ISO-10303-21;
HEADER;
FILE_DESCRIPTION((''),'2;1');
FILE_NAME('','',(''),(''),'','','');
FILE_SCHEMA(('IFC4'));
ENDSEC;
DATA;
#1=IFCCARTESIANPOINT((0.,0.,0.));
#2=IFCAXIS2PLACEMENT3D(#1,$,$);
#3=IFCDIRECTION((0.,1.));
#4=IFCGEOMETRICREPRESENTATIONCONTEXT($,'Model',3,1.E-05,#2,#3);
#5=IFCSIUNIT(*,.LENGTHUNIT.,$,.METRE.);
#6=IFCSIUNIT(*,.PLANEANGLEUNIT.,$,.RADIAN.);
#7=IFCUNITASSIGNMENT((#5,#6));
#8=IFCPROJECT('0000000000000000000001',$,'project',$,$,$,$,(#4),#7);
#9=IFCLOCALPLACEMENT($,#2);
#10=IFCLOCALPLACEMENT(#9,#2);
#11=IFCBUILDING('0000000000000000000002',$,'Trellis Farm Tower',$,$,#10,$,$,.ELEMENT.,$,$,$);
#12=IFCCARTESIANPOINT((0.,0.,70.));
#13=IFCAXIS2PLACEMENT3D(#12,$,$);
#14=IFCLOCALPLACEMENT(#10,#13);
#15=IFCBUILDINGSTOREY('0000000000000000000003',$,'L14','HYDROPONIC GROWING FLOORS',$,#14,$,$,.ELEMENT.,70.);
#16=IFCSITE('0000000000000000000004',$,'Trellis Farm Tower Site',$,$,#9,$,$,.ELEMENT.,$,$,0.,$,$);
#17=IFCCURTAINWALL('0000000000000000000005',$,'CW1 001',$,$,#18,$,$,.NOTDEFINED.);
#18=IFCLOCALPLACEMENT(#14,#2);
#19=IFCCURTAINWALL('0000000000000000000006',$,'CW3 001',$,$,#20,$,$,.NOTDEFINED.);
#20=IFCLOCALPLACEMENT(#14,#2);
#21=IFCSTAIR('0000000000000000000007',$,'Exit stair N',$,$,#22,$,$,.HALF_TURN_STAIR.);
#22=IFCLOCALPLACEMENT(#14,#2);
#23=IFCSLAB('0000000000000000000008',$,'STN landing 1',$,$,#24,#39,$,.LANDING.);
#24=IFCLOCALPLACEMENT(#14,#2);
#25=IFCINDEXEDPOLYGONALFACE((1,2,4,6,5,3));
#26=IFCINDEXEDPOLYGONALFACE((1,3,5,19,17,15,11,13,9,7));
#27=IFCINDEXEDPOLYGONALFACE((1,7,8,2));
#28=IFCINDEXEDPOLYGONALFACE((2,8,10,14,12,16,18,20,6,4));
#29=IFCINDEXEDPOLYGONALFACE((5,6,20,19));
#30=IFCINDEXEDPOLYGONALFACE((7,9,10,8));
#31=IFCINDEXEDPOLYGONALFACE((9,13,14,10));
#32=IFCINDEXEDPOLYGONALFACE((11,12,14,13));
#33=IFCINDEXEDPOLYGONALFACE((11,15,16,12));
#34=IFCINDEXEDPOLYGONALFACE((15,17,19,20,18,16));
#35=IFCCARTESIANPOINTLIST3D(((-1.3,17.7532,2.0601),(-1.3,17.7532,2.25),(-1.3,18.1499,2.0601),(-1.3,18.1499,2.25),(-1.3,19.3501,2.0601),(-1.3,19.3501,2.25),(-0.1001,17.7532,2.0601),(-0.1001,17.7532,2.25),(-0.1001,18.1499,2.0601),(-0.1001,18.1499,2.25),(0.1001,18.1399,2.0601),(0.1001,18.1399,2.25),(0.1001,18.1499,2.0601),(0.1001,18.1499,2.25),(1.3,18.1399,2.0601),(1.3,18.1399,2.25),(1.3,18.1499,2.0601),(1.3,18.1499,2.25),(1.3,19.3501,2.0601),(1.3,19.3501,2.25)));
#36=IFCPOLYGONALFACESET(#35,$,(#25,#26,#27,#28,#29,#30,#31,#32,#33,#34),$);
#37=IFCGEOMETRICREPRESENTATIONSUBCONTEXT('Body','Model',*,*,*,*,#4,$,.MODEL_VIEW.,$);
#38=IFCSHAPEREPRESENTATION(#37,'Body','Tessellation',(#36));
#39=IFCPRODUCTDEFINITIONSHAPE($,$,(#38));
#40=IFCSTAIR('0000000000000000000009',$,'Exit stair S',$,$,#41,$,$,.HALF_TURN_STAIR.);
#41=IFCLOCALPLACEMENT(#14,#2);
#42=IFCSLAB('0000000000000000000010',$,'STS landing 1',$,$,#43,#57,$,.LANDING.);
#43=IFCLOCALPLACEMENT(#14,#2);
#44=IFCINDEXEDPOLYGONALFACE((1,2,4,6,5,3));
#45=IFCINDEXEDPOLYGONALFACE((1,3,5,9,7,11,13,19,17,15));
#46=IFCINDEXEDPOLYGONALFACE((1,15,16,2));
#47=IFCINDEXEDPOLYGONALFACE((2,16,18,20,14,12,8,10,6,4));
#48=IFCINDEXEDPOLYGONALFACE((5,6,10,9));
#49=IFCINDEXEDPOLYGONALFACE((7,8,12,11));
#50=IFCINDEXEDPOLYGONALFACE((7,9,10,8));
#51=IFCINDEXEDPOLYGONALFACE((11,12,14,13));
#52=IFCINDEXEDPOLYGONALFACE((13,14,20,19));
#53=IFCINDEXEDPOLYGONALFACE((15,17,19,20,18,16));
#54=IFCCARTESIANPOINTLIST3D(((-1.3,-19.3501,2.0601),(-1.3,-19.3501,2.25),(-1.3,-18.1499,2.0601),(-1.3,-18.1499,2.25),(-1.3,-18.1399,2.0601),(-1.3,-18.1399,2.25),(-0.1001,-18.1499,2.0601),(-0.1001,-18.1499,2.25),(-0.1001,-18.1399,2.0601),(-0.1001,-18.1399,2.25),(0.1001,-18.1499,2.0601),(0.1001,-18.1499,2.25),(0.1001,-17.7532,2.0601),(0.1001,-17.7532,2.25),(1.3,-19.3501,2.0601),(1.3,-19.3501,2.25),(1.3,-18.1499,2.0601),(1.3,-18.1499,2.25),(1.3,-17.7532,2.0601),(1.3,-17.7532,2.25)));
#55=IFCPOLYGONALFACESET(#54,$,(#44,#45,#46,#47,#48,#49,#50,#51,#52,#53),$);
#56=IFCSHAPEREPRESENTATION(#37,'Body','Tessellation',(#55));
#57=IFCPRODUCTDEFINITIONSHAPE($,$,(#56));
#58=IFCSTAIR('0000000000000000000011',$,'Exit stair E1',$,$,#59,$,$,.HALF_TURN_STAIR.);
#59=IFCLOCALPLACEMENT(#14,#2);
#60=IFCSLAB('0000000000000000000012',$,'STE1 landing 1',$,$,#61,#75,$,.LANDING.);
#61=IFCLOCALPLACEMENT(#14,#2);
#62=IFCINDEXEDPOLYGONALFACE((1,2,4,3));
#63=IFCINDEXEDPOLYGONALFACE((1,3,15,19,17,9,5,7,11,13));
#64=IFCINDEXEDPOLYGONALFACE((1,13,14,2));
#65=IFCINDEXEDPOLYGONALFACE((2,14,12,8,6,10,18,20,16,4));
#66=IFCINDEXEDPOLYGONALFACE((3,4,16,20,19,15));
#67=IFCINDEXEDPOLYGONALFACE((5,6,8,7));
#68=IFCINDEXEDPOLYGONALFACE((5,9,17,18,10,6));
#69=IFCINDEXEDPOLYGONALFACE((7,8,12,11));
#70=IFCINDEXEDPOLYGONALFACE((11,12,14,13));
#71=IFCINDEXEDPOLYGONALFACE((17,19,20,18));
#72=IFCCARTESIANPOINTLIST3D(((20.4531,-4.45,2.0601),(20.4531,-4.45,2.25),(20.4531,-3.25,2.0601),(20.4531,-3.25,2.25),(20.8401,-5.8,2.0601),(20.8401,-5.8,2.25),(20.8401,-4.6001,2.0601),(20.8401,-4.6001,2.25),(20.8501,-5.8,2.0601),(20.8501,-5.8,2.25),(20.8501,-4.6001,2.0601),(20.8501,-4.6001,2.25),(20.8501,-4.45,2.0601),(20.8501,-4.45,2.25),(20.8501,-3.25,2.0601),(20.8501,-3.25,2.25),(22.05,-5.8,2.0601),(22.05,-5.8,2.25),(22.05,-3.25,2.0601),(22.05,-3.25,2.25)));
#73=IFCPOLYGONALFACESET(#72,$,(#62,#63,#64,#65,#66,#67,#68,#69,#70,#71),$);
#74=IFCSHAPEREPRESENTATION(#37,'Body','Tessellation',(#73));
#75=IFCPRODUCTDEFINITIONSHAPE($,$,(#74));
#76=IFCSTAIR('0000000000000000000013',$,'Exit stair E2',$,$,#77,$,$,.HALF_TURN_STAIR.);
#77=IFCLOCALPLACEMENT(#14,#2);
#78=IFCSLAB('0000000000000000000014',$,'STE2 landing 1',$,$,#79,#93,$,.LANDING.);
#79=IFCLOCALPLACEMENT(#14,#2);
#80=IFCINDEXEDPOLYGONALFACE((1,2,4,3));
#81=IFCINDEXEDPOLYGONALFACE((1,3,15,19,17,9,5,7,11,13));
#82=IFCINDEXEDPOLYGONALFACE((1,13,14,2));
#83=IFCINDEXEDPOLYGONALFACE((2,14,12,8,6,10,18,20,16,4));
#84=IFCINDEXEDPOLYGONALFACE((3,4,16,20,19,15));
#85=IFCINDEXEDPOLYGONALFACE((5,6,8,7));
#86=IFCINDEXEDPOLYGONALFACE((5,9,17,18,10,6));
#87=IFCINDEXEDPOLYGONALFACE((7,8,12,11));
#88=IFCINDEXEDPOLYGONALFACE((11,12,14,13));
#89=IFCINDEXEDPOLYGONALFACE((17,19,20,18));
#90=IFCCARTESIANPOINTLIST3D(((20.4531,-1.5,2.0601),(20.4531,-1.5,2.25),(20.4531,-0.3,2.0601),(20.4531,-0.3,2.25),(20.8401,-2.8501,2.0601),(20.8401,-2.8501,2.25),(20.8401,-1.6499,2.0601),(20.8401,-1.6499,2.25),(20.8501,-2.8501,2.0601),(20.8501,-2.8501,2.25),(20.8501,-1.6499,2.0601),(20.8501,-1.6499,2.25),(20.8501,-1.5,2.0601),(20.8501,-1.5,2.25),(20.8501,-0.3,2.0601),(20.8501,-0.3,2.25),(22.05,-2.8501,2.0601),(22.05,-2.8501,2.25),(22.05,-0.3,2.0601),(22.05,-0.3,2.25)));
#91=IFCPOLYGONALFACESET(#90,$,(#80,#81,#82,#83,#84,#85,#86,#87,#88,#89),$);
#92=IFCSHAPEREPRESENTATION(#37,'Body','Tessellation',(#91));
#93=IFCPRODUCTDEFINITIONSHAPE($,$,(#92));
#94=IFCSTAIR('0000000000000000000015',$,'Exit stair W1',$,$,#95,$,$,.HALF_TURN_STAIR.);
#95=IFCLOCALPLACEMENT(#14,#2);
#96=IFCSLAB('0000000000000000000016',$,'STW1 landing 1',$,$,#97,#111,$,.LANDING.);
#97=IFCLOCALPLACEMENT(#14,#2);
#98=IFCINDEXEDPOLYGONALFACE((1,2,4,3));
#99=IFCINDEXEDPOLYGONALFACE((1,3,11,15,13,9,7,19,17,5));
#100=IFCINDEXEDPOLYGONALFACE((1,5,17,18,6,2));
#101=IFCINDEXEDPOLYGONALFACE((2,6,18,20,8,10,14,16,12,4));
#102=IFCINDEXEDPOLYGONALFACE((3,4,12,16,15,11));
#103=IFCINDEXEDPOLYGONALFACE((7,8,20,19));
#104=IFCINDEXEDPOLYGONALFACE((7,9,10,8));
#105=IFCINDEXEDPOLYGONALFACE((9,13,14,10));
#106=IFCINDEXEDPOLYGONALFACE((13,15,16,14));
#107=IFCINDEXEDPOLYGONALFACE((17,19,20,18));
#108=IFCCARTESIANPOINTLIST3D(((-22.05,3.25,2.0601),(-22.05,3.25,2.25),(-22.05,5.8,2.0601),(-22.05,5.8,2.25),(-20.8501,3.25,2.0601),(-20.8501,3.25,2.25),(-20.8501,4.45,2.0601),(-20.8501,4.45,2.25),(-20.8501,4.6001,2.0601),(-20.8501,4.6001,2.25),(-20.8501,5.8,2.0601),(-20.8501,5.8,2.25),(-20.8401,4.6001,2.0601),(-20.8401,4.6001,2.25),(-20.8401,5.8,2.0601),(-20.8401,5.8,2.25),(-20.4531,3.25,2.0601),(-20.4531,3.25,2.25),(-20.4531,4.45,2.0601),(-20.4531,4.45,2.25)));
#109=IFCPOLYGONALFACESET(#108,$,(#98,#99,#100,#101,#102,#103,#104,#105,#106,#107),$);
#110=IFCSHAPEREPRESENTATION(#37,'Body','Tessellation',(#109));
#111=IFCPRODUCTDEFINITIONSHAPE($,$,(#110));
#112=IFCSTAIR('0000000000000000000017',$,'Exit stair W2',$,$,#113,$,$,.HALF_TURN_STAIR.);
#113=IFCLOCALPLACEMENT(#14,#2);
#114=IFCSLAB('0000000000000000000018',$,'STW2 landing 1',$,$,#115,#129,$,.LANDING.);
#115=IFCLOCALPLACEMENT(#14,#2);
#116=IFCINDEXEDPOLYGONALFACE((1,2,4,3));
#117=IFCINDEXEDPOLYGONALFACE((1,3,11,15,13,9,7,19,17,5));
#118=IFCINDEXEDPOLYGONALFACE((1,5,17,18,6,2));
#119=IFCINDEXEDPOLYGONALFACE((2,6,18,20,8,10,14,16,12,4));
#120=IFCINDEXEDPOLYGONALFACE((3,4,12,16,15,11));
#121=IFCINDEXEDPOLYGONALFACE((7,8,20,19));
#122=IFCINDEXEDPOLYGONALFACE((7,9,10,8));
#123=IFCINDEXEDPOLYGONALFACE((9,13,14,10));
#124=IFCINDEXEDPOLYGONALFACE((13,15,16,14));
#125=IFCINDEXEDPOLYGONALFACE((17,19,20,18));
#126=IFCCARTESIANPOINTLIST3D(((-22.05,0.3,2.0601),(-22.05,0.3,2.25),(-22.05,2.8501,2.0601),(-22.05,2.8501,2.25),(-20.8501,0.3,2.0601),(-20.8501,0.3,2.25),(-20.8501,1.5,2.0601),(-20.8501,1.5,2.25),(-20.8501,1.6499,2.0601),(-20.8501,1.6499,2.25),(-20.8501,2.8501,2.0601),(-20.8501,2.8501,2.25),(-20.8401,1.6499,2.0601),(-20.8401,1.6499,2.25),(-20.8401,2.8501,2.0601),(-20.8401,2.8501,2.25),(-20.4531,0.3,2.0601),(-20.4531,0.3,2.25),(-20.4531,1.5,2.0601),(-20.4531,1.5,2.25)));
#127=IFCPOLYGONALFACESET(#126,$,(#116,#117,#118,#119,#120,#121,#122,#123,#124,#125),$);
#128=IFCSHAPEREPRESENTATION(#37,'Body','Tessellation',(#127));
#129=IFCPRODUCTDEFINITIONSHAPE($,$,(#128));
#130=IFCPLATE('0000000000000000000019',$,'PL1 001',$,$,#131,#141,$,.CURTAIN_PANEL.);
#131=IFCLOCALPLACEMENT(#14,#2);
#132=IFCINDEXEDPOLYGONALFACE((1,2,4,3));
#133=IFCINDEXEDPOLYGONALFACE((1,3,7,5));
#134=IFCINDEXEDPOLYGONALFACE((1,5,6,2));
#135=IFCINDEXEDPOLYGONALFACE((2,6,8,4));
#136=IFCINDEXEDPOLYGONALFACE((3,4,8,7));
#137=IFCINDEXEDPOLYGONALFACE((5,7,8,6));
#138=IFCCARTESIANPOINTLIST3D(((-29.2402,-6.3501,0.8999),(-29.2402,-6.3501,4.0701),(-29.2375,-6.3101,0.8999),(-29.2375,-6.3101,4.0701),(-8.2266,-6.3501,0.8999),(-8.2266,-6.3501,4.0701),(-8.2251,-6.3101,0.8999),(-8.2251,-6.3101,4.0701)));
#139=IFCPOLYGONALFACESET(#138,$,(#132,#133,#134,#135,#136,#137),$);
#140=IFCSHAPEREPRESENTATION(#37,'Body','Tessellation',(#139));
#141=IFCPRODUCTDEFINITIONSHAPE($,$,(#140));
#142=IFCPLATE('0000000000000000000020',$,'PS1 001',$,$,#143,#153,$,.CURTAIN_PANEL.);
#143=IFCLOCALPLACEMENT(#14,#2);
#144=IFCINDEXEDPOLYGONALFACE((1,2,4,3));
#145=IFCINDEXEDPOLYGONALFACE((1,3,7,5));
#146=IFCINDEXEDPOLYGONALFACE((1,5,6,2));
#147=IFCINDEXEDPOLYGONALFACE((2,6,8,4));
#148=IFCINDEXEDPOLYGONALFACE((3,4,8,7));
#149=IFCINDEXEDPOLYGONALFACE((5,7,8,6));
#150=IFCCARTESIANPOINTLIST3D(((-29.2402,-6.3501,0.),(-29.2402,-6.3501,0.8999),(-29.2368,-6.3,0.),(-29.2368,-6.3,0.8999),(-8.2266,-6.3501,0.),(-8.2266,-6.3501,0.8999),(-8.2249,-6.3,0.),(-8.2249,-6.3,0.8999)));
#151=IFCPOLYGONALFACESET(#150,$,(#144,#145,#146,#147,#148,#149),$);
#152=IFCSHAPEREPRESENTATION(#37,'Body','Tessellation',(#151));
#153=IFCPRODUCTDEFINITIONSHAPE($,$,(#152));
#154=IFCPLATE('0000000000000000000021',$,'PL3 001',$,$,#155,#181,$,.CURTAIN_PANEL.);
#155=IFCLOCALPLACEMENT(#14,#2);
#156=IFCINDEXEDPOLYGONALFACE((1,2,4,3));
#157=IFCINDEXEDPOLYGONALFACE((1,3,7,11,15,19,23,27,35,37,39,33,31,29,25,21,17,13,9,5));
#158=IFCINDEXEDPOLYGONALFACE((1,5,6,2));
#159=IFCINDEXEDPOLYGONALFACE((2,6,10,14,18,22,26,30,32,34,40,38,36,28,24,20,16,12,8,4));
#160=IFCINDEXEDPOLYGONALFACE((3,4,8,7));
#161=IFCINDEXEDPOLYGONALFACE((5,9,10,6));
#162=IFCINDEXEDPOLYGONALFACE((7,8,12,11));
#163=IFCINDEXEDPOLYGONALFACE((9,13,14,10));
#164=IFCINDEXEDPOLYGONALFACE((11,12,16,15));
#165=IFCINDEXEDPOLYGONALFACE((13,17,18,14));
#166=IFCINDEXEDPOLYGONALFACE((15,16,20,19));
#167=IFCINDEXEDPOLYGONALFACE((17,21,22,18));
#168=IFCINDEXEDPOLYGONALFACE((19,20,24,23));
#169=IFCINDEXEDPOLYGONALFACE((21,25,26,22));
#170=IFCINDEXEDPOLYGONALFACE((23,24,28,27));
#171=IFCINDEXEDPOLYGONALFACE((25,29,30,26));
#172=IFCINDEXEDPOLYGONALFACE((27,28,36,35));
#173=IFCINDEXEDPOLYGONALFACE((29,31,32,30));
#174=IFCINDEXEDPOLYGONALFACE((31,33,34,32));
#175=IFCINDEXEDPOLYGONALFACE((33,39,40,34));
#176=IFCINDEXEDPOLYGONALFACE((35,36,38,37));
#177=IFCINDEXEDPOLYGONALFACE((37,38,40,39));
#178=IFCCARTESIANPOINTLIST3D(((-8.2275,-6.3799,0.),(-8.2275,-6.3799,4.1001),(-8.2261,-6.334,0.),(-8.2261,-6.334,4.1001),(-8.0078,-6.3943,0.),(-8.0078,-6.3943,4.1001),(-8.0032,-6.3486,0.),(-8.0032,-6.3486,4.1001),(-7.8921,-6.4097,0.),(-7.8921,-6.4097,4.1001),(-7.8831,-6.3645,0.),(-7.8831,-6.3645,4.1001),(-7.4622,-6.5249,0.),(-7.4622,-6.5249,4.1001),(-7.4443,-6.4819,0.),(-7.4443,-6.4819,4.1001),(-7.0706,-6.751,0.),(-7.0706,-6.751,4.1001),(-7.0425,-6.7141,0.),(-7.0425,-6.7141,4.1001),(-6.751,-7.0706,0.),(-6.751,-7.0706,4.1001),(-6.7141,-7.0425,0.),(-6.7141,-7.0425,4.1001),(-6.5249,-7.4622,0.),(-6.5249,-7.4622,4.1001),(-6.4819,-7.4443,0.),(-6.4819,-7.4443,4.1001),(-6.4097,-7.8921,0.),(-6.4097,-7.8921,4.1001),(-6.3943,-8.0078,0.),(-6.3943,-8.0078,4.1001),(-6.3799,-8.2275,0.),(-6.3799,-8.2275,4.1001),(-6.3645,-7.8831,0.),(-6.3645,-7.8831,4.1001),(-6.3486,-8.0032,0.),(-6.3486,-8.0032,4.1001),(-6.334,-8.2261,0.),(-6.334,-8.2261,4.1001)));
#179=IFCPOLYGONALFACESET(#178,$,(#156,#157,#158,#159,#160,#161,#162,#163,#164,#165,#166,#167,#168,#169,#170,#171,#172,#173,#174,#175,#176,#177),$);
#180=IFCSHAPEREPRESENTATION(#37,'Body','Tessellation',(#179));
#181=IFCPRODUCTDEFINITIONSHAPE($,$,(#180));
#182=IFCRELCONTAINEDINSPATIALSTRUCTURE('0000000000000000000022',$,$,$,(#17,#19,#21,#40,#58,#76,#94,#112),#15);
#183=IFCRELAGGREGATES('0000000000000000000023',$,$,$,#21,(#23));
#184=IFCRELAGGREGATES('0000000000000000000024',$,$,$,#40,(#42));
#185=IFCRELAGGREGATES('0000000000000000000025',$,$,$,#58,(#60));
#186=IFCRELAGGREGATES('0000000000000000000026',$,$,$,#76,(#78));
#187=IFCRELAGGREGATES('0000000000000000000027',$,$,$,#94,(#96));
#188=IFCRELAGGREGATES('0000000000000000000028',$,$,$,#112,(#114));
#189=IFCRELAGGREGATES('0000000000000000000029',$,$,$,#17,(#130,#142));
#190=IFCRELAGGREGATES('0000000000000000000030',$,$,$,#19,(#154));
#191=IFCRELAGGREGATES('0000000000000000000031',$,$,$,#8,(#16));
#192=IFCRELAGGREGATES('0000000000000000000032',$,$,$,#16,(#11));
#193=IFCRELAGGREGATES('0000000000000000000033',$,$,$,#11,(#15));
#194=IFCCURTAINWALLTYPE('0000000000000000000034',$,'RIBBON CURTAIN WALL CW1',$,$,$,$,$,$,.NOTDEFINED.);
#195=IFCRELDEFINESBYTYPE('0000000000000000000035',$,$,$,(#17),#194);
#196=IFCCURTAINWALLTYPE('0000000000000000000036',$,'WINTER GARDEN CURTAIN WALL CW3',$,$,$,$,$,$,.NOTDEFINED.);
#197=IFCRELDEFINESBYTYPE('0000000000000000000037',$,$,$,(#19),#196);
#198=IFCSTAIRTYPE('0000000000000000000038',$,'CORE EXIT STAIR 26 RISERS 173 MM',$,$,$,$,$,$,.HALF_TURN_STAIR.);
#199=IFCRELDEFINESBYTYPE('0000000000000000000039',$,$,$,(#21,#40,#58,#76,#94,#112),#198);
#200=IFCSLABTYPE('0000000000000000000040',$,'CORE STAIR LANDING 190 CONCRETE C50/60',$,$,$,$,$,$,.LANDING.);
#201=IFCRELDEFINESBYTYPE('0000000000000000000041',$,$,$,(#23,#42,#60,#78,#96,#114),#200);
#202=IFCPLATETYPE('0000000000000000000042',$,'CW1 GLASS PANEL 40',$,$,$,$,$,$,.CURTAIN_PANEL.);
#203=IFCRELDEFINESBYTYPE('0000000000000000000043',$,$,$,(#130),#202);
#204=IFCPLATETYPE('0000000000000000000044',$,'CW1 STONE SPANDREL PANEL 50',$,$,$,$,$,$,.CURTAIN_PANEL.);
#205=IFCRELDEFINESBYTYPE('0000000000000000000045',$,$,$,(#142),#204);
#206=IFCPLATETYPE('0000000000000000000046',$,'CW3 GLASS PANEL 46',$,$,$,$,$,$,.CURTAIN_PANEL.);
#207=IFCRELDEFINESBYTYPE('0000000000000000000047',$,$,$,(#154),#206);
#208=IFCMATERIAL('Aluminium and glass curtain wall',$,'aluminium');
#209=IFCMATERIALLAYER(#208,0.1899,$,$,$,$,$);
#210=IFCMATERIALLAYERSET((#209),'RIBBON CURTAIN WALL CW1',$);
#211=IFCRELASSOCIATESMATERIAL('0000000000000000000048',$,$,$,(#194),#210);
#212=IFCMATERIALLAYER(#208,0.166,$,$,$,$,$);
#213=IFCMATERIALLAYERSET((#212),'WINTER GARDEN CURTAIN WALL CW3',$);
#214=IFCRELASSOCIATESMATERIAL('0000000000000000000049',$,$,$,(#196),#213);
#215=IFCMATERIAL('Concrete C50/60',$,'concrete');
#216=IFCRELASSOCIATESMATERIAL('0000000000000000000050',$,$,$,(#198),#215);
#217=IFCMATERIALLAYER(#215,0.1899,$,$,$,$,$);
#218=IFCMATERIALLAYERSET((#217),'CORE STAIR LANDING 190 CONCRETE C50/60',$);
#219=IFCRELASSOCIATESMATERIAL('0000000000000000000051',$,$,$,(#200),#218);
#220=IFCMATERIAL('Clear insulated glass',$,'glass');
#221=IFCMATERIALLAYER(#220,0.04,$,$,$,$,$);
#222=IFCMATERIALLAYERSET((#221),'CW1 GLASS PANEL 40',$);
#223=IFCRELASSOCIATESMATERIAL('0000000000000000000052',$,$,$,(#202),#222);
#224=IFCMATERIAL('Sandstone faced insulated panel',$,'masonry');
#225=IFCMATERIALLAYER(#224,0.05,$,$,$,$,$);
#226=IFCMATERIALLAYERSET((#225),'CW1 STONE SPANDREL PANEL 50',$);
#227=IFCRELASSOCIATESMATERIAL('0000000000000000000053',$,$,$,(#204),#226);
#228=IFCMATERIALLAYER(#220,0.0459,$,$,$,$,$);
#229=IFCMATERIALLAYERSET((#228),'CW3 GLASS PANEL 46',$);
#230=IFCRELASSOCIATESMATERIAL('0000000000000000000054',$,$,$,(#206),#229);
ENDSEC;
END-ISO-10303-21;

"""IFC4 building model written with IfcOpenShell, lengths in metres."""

from ifc_helpers import new_model, si_unit, direction, frame, origin, place, context, subcontext, project, spatial, polyline, outline, extrude, source, transform, mapped, material, layer, layer_set, type_object, element, aggregate, save


model = new_model("IFC4")

# Units and contexts
model_context = context("Model", 3, precision=1e-05, world=origin(), true_north=direction((0.0, 1.0)))
body_context = subcontext(model_context, "Body", "Model", "MODEL_VIEW")
ifc_project = project(units=[si_unit("LENGTHUNIT", "METRE"), si_unit("PLANEANGLEUNIT", "RADIAN")], contexts=[model_context])

# Site, building, storey
site_placement = place(None, origin())
site = spatial("IfcSite", under=ifc_project, at=site_placement, Name="Trellis Farm Tower Site", CompositionType="ELEMENT", RefElevation=0.0)
building_placement = place(site_placement, origin())
building = spatial("IfcBuilding", under=site, at=building_placement, Name="Trellis Farm Tower", CompositionType="ELEMENT")
storey_placement = place(building_placement, frame((0.0, 0.0, 70.0)))
storey = spatial("IfcBuildingStorey", under=building, at=storey_placement, Name="L14", Description="HYDROPONIC GROWING FLOORS", CompositionType="ELEMENT", Elevation=70.0)

# Curtain walls
ifc_material_1 = material(Name="Aluminium and glass curtain wall", Category="aluminium")
ifc_layer_1 = layer(ifc_material_1, 0.1899)
ifc_layer_set_1 = layer_set([ifc_layer_1], Name="RIBBON CURTAIN WALL CW1")
curtain_wall_type_1 = type_object("IfcCurtainWallType", Name="RIBBON CURTAIN WALL CW1", PredefinedType="NOTDEFINED", material=ifc_layer_set_1)
placement_1 = place(storey_placement, origin())
curtain_wall_1 = element("IfcCurtainWall", 1, at=placement_1, inside=storey, type_object=curtain_wall_type_1, Name="CW1 001", PredefinedType="NOTDEFINED")
ifc_layer_2 = layer(ifc_material_1, 0.166)
ifc_layer_set_2 = layer_set([ifc_layer_2], Name="WINTER GARDEN CURTAIN WALL CW3")
curtain_wall_type_2 = type_object("IfcCurtainWallType", Name="WINTER GARDEN CURTAIN WALL CW3", PredefinedType="NOTDEFINED", material=ifc_layer_set_2)
curtain_wall_2 = element("IfcCurtainWall", 2, at=placement_1, inside=storey, type_object=curtain_wall_type_2, Name="CW3 001", PredefinedType="NOTDEFINED")

# Stairs, slabs
ifc_material_2 = material(Name="Concrete C50/60", Category="concrete")
stair_type = type_object("IfcStairType", Name="CORE EXIT STAIR 26 RISERS 173 MM", PredefinedType="HALF_TURN_STAIR", material=ifc_material_2)
stair_1 = element("IfcStair", 3, at=placement_1, inside=storey, type_object=stair_type, Name="Exit stair N", PredefinedType="HALF_TURN_STAIR")
ifc_layer_3 = layer(ifc_material_2, 0.1899)
ifc_layer_set_3 = layer_set([ifc_layer_3], Name="CORE STAIR LANDING 190 CONCRETE C50/60")
slab_type_1 = type_object("IfcSlabType", Name="CORE STAIR LANDING 190 CONCRETE C50/60", PredefinedType="LANDING", material=ifc_layer_set_3)
shared_shape_1 = source(origin(), body_context, "Body", "SweptSolid", [
    extrude(outline(polyline([(-0.1001, 17.7532), (-1.3, 17.7532), (-1.3, 18.1499), (-1.3, 19.3501), (1.3, 19.3501), (1.3, 18.1499), (1.3, 18.1399), (0.1001, 18.1399), (0.1001, 18.1499), (-0.1001, 18.1499), (-0.1001, 17.7532)])), origin(), (0.0, 0.0, 1.0), 0.1899),
])
placement_2 = place(storey_placement, frame((0.0, 0.0, 2.0601)))
slab_1 = element("IfcSlab", 4, at=placement_2, type_object=slab_type_1, Name="STN landing 1", PredefinedType="LANDING", context=body_context, shape_type="MappedRepresentation", body=[
    mapped(shared_shape_1, transform((0.0, 0.0, 0.0))),
])
aggregate(stair_1, [slab_1])
stair_2 = element("IfcStair", 5, at=placement_1, inside=storey, type_object=stair_type, Name="Exit stair S", PredefinedType="HALF_TURN_STAIR")
shared_shape_2 = source(origin(), body_context, "Body", "SweptSolid", [
    extrude(outline(polyline([(1.3, -19.3501), (-1.3, -19.3501), (-1.3, -18.1499), (-1.3, -18.1399), (-0.1001, -18.1399), (-0.1001, -18.1499), (0.1001, -18.1499), (0.1001, -17.7532), (1.3, -17.7532), (1.3, -18.1499), (1.3, -19.3501)])), origin(), (0.0, 0.0, 1.0), 0.1899),
])
slab_2 = element("IfcSlab", 6, at=placement_2, type_object=slab_type_1, Name="STS landing 1", PredefinedType="LANDING", context=body_context, shape_type="MappedRepresentation", body=[
    mapped(shared_shape_2, transform((0.0, 0.0, 0.0))),
])
aggregate(stair_2, [slab_2])
stair_3 = element("IfcStair", 7, at=placement_1, inside=storey, type_object=stair_type, Name="Exit stair E1", PredefinedType="HALF_TURN_STAIR")
shared_shape_3 = source(origin(), body_context, "Body", "SweptSolid", [
    extrude(outline(polyline([(20.8401, -5.8), (20.8401, -4.6001), (20.8501, -4.6001), (20.8501, -4.45), (20.4531, -4.45), (20.4531, -3.25), (20.8501, -3.25), (22.05, -3.25), (22.05, -5.8), (20.8501, -5.8), (20.8401, -5.8)])), origin(), (0.0, 0.0, 1.0), 0.1899),
])
slab_3 = element("IfcSlab", 8, at=placement_2, type_object=slab_type_1, Name="STE1 landing 1", PredefinedType="LANDING", context=body_context, shape_type="MappedRepresentation", body=[
    mapped(shared_shape_3, transform((0.0, 0.0, 0.0))),
])
aggregate(stair_3, [slab_3])
stair_4 = element("IfcStair", 9, at=placement_1, inside=storey, type_object=stair_type, Name="Exit stair E2", PredefinedType="HALF_TURN_STAIR")
shared_shape_4 = source(origin(), body_context, "Body", "SweptSolid", [
    extrude(outline(polyline([(20.8401, -2.8501), (20.8401, -1.6499), (20.8501, -1.6499), (20.8501, -1.5), (20.4531, -1.5), (20.4531, -0.3), (20.8501, -0.3), (22.05, -0.3), (22.05, -2.8501), (20.8501, -2.8501), (20.8401, -2.8501)])), origin(), (0.0, 0.0, 1.0), 0.1899),
])
slab_4 = element("IfcSlab", 10, at=placement_2, type_object=slab_type_1, Name="STE2 landing 1", PredefinedType="LANDING", context=body_context, shape_type="MappedRepresentation", body=[
    mapped(shared_shape_4, transform((0.0, 0.0, 0.0))),
])
aggregate(stair_4, [slab_4])
stair_5 = element("IfcStair", 11, at=placement_1, inside=storey, type_object=stair_type, Name="Exit stair W1", PredefinedType="HALF_TURN_STAIR")
shared_shape_5 = source(origin(), body_context, "Body", "SweptSolid", [
    extrude(outline(polyline([(-20.4531, 4.45), (-20.4531, 3.25), (-20.8501, 3.25), (-22.05, 3.25), (-22.05, 5.8), (-20.8501, 5.8), (-20.8401, 5.8), (-20.8401, 4.6001), (-20.8501, 4.6001), (-20.8501, 4.45), (-20.4531, 4.45)])), origin(), (0.0, 0.0, 1.0), 0.1899),
])
slab_5 = element("IfcSlab", 12, at=placement_2, type_object=slab_type_1, Name="STW1 landing 1", PredefinedType="LANDING", context=body_context, shape_type="MappedRepresentation", body=[
    mapped(shared_shape_5, transform((0.0, 0.0, 0.0))),
])
aggregate(stair_5, [slab_5])
stair_6 = element("IfcStair", 13, at=placement_1, inside=storey, type_object=stair_type, Name="Exit stair W2", PredefinedType="HALF_TURN_STAIR")
shared_shape_6 = source(origin(), body_context, "Body", "SweptSolid", [
    extrude(outline(polyline([(-20.4531, 1.5), (-20.4531, 0.3), (-20.8501, 0.3), (-22.05, 0.3), (-22.05, 2.8501), (-20.8501, 2.8501), (-20.8401, 2.8501), (-20.8401, 1.6499), (-20.8501, 1.6499), (-20.8501, 1.5), (-20.4531, 1.5)])), origin(), (0.0, 0.0, 1.0), 0.1899),
])
slab_6 = element("IfcSlab", 14, at=placement_2, type_object=slab_type_1, Name="STW2 landing 1", PredefinedType="LANDING", context=body_context, shape_type="MappedRepresentation", body=[
    mapped(shared_shape_6, transform((0.0, 0.0, 0.0))),
])
aggregate(stair_6, [slab_6])

# Plates
ifc_material_3 = material(Name="Clear insulated glass", Category="glass")
ifc_layer_4 = layer(ifc_material_3, 0.04)
ifc_layer_set_4 = layer_set([ifc_layer_4], Name="CW1 GLASS PANEL 40")
plate_type_1 = type_object("IfcPlateType", Name="CW1 GLASS PANEL 40", PredefinedType="CURTAIN_PANEL", material=ifc_layer_set_4)
shared_shape_7 = source(origin(), body_context, "Body", "SweptSolid", [
    extrude(outline(polyline([(-29.2402, -6.3501), (-8.2266, -6.3501), (-8.2251, -6.3101), (-29.2375, -6.3101), (-29.2402, -6.3501)])), origin(), (0.0, 0.0, 1.0), 3.1702),
])
plate_1_placement = place(storey_placement, frame((0.0, 0.0, 0.8999)))
plate_1 = element("IfcPlate", 15, at=plate_1_placement, type_object=plate_type_1, Name="PL1 001", PredefinedType="CURTAIN_PANEL", context=body_context, shape_type="MappedRepresentation", body=[
    mapped(shared_shape_7, transform((0.0, 0.0, 0.0))),
])
ifc_material_4 = material(Name="Sandstone faced insulated panel", Category="masonry")
ifc_layer_5 = layer(ifc_material_4, 0.05)
ifc_layer_set_5 = layer_set([ifc_layer_5], Name="CW1 STONE SPANDREL PANEL 50")
plate_type_2 = type_object("IfcPlateType", Name="CW1 STONE SPANDREL PANEL 50", PredefinedType="CURTAIN_PANEL", material=ifc_layer_set_5)
shared_shape_8 = source(origin(), body_context, "Body", "SweptSolid", [
    extrude(outline(polyline([(-29.2402, -6.3501), (-8.2266, -6.3501), (-8.2249, -6.3), (-29.2368, -6.3), (-29.2402, -6.3501)])), origin(), (0.0, 0.0, 1.0), 0.8999),
])
plate_2 = element("IfcPlate", 16, at=placement_1, type_object=plate_type_2, Name="PS1 001", PredefinedType="CURTAIN_PANEL", context=body_context, shape_type="MappedRepresentation", body=[
    mapped(shared_shape_8, transform((0.0, 0.0, 0.0))),
])
aggregate(curtain_wall_1, [plate_1, plate_2])
ifc_layer_6 = layer(ifc_material_3, 0.0459)
ifc_layer_set_6 = layer_set([ifc_layer_6], Name="CW3 GLASS PANEL 46")
plate_type_3 = type_object("IfcPlateType", Name="CW3 GLASS PANEL 46", PredefinedType="CURTAIN_PANEL", material=ifc_layer_set_6)
shared_shape_9 = source(origin(), body_context, "Body", "SweptSolid", [
    extrude(outline(polyline([(-8.2275, -6.3799), (-8.0078, -6.3943), (-7.8921, -6.4097), (-7.4622, -6.5249), (-7.0706, -6.751), (-6.751, -7.0706), (-6.5249, -7.4622), (-6.4097, -7.8921), (-6.3943, -8.0078), (-6.3799, -8.2275), (-6.334, -8.2261), (-6.3486, -8.0032), (-6.3645, -7.8831), (-6.4819, -7.4443), (-6.7141, -7.0425), (-7.0425, -6.7141), (-7.4443, -6.4819), (-7.8831, -6.3645), (-8.0032, -6.3486), (-8.2261, -6.334), (-8.2275, -6.3799)])), origin(), (0.0, 0.0, 1.0), 4.1001),
])
plate_3 = element("IfcPlate", 17, at=placement_1, type_object=plate_type_3, Name="PL3 001", PredefinedType="CURTAIN_PANEL", context=body_context, shape_type="MappedRepresentation", body=[
    mapped(shared_shape_9, transform((0.0, 0.0, 0.0))),
])
aggregate(curtain_wall_2, [plate_3])

save(model, "model.ifc")
